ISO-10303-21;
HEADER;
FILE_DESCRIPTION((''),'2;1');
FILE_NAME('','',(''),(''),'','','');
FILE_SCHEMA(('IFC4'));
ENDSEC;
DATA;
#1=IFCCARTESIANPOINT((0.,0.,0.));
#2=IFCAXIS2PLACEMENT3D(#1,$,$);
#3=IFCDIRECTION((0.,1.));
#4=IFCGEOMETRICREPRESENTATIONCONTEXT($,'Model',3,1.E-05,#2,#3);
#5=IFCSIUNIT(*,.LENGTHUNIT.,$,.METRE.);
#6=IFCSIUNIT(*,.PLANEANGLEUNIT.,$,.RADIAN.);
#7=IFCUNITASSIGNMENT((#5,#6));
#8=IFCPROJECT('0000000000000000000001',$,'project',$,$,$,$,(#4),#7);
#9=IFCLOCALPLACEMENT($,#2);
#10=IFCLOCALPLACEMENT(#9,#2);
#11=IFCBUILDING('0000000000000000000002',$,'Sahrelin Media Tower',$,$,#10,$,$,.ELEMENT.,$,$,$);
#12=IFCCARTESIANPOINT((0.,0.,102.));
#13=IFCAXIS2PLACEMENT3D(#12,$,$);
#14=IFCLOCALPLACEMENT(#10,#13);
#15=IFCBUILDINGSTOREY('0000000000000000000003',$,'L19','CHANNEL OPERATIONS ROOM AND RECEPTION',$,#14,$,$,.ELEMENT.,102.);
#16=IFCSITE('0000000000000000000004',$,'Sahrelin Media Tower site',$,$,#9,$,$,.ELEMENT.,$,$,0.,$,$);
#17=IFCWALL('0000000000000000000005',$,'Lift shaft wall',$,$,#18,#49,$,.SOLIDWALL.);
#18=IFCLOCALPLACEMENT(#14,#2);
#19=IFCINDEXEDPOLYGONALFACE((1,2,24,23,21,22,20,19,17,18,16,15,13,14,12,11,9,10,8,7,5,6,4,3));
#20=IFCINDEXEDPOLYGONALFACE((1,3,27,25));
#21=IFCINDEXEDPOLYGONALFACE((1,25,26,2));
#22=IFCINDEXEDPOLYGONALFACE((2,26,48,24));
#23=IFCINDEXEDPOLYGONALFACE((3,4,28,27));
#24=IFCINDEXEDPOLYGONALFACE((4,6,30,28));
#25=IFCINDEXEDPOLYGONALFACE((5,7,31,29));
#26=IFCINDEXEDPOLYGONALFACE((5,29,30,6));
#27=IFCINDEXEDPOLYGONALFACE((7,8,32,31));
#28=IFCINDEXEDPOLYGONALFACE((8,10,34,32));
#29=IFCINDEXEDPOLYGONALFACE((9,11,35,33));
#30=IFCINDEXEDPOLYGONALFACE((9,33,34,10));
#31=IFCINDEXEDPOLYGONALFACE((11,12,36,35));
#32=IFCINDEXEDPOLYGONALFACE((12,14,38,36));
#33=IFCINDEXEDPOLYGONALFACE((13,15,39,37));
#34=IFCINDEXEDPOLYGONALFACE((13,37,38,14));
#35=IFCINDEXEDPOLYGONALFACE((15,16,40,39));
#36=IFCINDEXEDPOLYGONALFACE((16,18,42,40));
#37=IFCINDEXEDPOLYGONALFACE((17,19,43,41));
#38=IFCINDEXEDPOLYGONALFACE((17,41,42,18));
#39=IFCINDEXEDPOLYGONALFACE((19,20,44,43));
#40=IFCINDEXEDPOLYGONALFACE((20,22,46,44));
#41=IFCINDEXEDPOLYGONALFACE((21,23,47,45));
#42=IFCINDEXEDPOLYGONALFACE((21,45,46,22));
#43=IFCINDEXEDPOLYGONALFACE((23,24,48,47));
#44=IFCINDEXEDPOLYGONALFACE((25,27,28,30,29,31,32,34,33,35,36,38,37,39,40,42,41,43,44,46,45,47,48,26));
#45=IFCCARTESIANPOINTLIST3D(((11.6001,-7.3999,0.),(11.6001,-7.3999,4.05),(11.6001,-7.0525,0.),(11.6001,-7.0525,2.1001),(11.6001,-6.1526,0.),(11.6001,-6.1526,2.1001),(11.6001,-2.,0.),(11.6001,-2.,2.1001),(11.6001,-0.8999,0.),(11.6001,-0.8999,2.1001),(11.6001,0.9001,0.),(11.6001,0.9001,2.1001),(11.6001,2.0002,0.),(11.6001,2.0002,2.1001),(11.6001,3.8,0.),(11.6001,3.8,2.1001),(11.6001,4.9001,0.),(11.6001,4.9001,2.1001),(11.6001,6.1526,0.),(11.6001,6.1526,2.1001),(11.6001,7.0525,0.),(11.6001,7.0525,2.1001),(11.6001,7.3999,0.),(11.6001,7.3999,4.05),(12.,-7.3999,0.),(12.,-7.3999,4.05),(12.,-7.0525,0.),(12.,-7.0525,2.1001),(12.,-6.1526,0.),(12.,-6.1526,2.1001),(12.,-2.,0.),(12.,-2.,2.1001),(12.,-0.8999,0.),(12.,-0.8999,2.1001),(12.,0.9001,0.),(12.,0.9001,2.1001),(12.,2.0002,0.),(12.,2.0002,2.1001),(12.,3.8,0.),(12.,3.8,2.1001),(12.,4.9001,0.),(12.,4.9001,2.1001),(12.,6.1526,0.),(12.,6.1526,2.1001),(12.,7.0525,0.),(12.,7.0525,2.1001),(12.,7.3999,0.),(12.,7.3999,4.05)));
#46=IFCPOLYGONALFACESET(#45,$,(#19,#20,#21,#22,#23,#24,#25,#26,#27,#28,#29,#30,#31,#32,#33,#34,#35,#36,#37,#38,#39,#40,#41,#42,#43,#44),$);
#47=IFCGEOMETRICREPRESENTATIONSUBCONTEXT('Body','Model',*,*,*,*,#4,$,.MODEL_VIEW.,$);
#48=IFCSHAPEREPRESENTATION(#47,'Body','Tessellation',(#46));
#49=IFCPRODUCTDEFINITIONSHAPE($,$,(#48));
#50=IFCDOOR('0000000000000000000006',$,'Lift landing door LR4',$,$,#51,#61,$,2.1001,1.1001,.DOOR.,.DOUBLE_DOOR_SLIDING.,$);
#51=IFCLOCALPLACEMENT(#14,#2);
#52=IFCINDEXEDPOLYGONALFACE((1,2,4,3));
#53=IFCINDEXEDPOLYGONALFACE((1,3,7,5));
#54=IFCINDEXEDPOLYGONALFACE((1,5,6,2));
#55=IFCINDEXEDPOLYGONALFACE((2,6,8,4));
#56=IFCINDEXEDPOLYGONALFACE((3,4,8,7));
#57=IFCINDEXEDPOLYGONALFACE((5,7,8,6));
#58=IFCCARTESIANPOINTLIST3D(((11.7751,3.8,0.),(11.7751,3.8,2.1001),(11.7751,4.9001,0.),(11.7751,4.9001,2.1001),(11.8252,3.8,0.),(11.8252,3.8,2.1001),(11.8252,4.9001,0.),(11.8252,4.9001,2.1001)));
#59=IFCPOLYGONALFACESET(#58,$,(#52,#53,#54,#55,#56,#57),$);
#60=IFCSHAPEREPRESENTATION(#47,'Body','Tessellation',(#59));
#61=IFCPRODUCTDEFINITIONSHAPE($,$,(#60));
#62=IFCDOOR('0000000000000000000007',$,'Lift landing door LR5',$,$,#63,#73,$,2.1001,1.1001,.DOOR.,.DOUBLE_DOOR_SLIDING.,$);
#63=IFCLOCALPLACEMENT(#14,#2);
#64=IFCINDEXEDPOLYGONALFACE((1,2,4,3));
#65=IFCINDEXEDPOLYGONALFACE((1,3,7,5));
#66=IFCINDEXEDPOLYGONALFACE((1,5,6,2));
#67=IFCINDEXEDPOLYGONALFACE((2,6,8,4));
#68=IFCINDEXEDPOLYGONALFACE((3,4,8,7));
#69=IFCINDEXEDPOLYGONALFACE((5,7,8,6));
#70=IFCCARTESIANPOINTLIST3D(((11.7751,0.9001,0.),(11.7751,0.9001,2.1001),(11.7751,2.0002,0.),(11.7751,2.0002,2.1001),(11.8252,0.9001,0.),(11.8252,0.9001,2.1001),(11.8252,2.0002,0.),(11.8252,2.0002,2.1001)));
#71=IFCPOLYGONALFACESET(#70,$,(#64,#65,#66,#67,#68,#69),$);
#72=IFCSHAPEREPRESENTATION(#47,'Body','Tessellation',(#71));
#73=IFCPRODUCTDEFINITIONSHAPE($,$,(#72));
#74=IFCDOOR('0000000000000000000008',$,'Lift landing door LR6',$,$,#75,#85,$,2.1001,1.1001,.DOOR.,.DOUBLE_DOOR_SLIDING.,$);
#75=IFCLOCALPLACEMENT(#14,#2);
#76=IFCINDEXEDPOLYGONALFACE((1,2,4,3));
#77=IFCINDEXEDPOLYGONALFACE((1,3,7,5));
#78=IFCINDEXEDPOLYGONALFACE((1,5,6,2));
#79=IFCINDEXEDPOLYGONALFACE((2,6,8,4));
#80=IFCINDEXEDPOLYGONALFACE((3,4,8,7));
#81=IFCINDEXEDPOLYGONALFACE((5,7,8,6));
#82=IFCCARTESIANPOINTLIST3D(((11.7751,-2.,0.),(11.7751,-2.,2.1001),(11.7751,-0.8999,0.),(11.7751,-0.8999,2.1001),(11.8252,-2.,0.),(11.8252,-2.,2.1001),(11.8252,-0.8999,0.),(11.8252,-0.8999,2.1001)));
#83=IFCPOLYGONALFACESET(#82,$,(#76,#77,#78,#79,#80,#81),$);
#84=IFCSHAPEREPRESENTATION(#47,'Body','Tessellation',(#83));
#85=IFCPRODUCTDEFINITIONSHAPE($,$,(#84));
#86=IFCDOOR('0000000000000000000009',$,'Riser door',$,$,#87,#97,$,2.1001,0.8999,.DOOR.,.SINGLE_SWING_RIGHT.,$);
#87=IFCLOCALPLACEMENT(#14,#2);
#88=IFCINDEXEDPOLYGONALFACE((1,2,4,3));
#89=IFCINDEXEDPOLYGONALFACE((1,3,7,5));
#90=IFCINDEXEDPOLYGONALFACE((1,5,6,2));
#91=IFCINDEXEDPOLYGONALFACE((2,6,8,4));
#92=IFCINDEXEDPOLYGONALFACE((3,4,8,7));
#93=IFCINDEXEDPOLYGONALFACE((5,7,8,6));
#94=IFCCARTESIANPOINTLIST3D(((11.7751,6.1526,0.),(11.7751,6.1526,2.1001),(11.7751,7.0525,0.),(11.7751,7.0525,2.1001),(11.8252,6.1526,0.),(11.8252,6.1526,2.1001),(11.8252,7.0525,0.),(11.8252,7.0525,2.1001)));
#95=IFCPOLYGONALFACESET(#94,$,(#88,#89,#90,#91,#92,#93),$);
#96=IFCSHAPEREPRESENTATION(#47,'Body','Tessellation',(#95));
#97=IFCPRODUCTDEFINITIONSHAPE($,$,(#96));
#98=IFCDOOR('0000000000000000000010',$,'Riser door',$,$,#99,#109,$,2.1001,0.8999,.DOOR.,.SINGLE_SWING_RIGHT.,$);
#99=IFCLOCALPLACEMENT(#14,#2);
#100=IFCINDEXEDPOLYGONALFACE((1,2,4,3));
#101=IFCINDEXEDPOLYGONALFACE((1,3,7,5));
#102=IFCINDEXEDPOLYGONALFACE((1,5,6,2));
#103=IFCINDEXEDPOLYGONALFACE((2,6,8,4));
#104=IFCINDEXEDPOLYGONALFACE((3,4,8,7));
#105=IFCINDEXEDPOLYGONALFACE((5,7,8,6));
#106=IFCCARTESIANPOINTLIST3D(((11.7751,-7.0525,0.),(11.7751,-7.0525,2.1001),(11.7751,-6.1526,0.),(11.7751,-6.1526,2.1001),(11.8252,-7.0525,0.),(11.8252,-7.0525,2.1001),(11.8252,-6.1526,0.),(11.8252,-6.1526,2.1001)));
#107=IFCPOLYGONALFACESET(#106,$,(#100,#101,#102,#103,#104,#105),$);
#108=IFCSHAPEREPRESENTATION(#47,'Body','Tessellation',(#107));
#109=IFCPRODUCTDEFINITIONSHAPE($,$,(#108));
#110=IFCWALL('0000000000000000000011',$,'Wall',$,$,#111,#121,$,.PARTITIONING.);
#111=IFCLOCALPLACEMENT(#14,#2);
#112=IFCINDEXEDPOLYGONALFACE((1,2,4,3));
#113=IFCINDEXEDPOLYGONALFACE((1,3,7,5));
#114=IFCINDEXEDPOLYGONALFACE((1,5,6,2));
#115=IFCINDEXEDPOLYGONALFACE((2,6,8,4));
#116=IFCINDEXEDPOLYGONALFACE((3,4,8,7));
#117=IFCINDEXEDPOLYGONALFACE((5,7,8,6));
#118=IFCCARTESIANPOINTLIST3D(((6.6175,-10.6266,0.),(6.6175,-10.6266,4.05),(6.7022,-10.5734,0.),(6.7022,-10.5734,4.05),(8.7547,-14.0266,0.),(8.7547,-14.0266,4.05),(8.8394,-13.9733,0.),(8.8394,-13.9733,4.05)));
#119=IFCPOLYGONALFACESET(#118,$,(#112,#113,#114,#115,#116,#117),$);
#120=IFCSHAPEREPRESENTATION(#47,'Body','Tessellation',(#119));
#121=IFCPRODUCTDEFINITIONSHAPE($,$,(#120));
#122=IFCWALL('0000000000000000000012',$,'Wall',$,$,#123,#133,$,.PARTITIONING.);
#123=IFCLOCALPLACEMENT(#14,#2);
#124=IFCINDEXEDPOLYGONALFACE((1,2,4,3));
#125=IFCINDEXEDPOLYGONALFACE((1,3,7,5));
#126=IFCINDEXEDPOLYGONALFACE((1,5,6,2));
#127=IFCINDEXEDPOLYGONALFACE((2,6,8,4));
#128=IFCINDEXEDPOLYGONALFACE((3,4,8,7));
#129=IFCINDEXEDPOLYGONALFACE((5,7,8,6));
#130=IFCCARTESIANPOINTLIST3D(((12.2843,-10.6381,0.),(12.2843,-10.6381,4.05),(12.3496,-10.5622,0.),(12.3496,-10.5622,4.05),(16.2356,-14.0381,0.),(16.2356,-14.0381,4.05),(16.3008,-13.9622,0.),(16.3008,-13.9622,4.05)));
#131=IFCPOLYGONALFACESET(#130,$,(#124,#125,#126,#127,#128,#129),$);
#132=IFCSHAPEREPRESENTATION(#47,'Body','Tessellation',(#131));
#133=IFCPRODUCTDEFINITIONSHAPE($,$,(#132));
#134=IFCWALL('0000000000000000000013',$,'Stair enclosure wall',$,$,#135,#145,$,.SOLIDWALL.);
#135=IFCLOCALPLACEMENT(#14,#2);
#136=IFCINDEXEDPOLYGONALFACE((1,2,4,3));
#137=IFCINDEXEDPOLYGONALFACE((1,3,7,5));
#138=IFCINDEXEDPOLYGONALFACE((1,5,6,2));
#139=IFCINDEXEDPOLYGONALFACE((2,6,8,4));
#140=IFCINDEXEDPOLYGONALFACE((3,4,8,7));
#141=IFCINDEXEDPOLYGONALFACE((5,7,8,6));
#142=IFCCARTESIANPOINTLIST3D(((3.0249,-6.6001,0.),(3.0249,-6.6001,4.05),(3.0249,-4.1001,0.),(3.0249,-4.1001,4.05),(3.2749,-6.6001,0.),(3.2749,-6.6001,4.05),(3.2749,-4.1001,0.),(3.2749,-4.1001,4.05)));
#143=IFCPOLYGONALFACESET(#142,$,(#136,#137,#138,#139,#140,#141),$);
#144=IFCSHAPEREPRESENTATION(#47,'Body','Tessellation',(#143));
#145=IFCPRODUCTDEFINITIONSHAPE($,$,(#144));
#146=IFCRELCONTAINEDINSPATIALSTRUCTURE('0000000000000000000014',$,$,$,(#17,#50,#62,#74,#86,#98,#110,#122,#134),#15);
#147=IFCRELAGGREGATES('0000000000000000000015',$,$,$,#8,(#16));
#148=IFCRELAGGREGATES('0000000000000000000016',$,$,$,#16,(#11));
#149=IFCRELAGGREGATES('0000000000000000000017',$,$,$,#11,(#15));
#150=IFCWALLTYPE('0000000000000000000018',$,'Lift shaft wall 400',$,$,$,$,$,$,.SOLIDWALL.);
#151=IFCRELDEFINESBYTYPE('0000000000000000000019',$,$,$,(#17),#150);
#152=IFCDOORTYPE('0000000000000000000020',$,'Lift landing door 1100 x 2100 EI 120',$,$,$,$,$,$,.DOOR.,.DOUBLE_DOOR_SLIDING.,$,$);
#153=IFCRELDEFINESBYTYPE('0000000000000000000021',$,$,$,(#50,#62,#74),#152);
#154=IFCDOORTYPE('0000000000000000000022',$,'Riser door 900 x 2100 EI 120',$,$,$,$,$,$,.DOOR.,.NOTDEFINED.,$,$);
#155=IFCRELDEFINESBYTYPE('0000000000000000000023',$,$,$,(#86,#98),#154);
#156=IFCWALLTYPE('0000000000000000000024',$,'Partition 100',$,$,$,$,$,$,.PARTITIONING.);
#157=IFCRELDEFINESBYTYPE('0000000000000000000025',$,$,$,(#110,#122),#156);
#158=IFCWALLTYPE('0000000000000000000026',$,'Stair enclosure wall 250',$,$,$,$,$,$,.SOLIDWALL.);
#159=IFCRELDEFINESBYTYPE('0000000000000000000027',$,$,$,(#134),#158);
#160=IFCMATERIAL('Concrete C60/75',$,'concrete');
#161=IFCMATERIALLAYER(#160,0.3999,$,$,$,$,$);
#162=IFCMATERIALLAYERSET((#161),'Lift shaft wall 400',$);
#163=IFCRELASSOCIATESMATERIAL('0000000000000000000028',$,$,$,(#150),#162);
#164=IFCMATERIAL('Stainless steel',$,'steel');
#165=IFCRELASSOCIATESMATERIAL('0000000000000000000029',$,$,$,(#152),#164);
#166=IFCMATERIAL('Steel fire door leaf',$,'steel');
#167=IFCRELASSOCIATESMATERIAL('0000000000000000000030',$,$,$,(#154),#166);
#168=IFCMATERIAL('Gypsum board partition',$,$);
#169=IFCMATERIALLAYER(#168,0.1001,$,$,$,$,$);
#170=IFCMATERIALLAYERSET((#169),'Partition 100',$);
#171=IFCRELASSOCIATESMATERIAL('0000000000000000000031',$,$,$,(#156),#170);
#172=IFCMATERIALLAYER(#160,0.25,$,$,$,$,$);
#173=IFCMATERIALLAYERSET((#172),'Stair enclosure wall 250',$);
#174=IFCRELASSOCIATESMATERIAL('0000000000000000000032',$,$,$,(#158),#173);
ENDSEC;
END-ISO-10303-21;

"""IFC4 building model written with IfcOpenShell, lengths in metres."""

from ifc_helpers import new_model, si_unit, direction, frame, frame_2d, origin, place, context, subcontext, project, spatial, rectangle, extrude, material, layer, layer_set, type_object, element, fill, save


model = new_model("IFC4")

# Units and contexts
model_context = context("Model", 3, precision=1e-05, world=origin(), true_north=direction((0.0, 1.0)))
body_context = subcontext(model_context, "Body", "Model", "MODEL_VIEW")
ifc_project = project(units=[si_unit("LENGTHUNIT", "METRE"), si_unit("PLANEANGLEUNIT", "RADIAN")], contexts=[model_context])

# Site, building, storey
site_placement = place(None, origin())
site = spatial("IfcSite", under=ifc_project, at=site_placement, Name="Sahrelin Media Tower site", CompositionType="ELEMENT", RefElevation=0.0)
building_placement = place(site_placement, origin())
building = spatial("IfcBuilding", under=site, at=building_placement, Name="Sahrelin Media Tower", CompositionType="ELEMENT")
storey_placement = place(building_placement, frame((0.0, 0.0, 102.0)))
storey = spatial("IfcBuildingStorey", under=building, at=storey_placement, Name="L19", Description="CHANNEL OPERATIONS ROOM AND RECEPTION", CompositionType="ELEMENT", Elevation=102.0)

# Wall, openings, doors
ifc_material_1 = material(Name="Concrete C60/75", Category="concrete")
ifc_layer_1 = layer(ifc_material_1, 0.3999)
ifc_layer_set_1 = layer_set([ifc_layer_1], Name="Lift shaft wall 400")
wall_type_1 = type_object("IfcWallType", Name="Lift shaft wall 400", PredefinedType="SOLIDWALL", material=ifc_layer_set_1)
wall_1_placement = place(storey_placement, frame((11.8, -7.3999, 0.0), z_axis=(0.0, 0.0, 1.0), x_axis=(0.0, 1.0, 0.0)))
wall_1 = element("IfcWall", 1, at=wall_1_placement, inside=storey, type_object=wall_type_1, Name="Lift shaft wall", PredefinedType="SOLIDWALL", context=body_context, shape_type="SweptSolid", body=[
    extrude(rectangle(XDim=14.7998, YDim=0.3999, at=frame_2d((7.3999, 0.0))), origin(), (0.0, 0.0, 1.0), 4.05),
])
opening_1_placement = place(wall_1_placement, frame((11.2, 0.0, 0.0)))
opening_1 = element("IfcOpeningElement", 2, at=opening_1_placement, cuts=wall_1, PredefinedType="OPENING", context=body_context, shape_type="SweptSolid", body=[
    extrude(rectangle(XDim=1.1001, YDim=2.1001, at=frame_2d((0.55, 1.05))), frame((0.0, 0.2, 0.0), z_axis=(0.0, -1.0, 0.0), x_axis=(1.0, 0.0, 0.0)), (0.0, 0.0, 1.0), 0.3999),
])
opening_2_placement = place(wall_1_placement, frame((8.3, 0.0, 0.0)))
opening_2 = element("IfcOpeningElement", 3, at=opening_2_placement, cuts=wall_1, PredefinedType="OPENING", context=body_context, shape_type="SweptSolid", body=[
    extrude(rectangle(XDim=1.1001, YDim=2.1001, at=frame_2d((0.55, 1.05))), frame((0.0, 0.2, 0.0), z_axis=(0.0, -1.0, 0.0), x_axis=(1.0, 0.0, 0.0)), (0.0, 0.0, 1.0), 0.3999),
])
opening_3_placement = place(wall_1_placement, frame((5.3999, 0.0, 0.0)))
opening_3 = element("IfcOpeningElement", 4, at=opening_3_placement, cuts=wall_1, PredefinedType="OPENING", context=body_context, shape_type="SweptSolid", body=[
    extrude(rectangle(XDim=1.1001, YDim=2.1001, at=frame_2d((0.55, 1.05))), frame((0.0, 0.2, 0.0), z_axis=(0.0, -1.0, 0.0), x_axis=(1.0, 0.0, 0.0)), (0.0, 0.0, 1.0), 0.3999),
])
opening_4_placement = place(wall_1_placement, frame((13.5525, 0.0, 0.0)))
opening_4 = element("IfcOpeningElement", 5, at=opening_4_placement, cuts=wall_1, PredefinedType="OPENING", context=body_context, shape_type="SweptSolid", body=[
    extrude(rectangle(XDim=0.8999, YDim=2.1001, at=frame_2d((0.45, 1.05))), frame((0.0, 0.2, 0.0), z_axis=(0.0, -1.0, 0.0), x_axis=(1.0, 0.0, 0.0)), (0.0, 0.0, 1.0), 0.3999),
])
opening_5_placement = place(wall_1_placement, frame((0.3474, 0.0, 0.0)))
opening_5 = element("IfcOpeningElement", 6, at=opening_5_placement, cuts=wall_1, PredefinedType="OPENING", context=body_context, shape_type="SweptSolid", body=[
    extrude(rectangle(XDim=0.8999, YDim=2.1001, at=frame_2d((0.45, 1.05))), frame((0.0, 0.2, 0.0), z_axis=(0.0, -1.0, 0.0), x_axis=(1.0, 0.0, 0.0)), (0.0, 0.0, 1.0), 0.3999),
])
ifc_material_2 = material(Name="Stainless steel", Category="steel")
door_type_1 = type_object("IfcDoorType", Name="Lift landing door 1100 x 2100 EI 120", OperationType="DOUBLE_DOOR_SLIDING", PredefinedType="DOOR", material=ifc_material_2)
door_1_placement = place(opening_1_placement, origin())
door_1 = element("IfcDoor", 7, at=door_1_placement, inside=storey, type_object=door_type_1, Name="Lift landing door LR4", OperationType="DOUBLE_DOOR_SLIDING", OverallHeight=2.1001, OverallWidth=1.1001, PredefinedType="DOOR", context=body_context, shape_type="SweptSolid", body=[
    extrude(rectangle(XDim=1.1001, YDim=2.1001, at=frame_2d((0.55, 1.05))), frame((0.0, 0.0249, 0.0), z_axis=(0.0, -1.0, 0.0), x_axis=(1.0, 0.0, 0.0)), (0.0, 0.0, 1.0), 0.05),
])
fill(opening_1, door_1)
door_2_placement = place(opening_2_placement, origin())
door_2 = element("IfcDoor", 8, at=door_2_placement, inside=storey, type_object=door_type_1, Name="Lift landing door LR5", OperationType="DOUBLE_DOOR_SLIDING", OverallHeight=2.1001, OverallWidth=1.1001, PredefinedType="DOOR", context=body_context, shape_type="SweptSolid", body=[
    extrude(rectangle(XDim=1.1001, YDim=2.1001, at=frame_2d((0.55, 1.05))), frame((0.0, 0.0249, 0.0), z_axis=(0.0, -1.0, 0.0), x_axis=(1.0, 0.0, 0.0)), (0.0, 0.0, 1.0), 0.05),
])
fill(opening_2, door_2)
door_3_placement = place(opening_3_placement, origin())
door_3 = element("IfcDoor", 9, at=door_3_placement, inside=storey, type_object=door_type_1, Name="Lift landing door LR6", OperationType="DOUBLE_DOOR_SLIDING", OverallHeight=2.1001, OverallWidth=1.1001, PredefinedType="DOOR", context=body_context, shape_type="SweptSolid", body=[
    extrude(rectangle(XDim=1.1001, YDim=2.1001, at=frame_2d((0.55, 1.05))), frame((0.0, 0.0249, 0.0), z_axis=(0.0, -1.0, 0.0), x_axis=(1.0, 0.0, 0.0)), (0.0, 0.0, 1.0), 0.05),
])
fill(opening_3, door_3)
ifc_material_3 = material(Name="Steel fire door leaf", Category="steel")
door_type_2 = type_object("IfcDoorType", Name="Riser door 900 x 2100 EI 120", OperationType="NOTDEFINED", PredefinedType="DOOR", material=ifc_material_3)
door_4_placement = place(opening_4_placement, origin())
door_4 = element("IfcDoor", 10, at=door_4_placement, inside=storey, type_object=door_type_2, Name="Riser door", OperationType="SINGLE_SWING_RIGHT", OverallHeight=2.1001, OverallWidth=0.8999, PredefinedType="DOOR", context=body_context, shape_type="SweptSolid", body=[
    extrude(rectangle(XDim=0.8999, YDim=2.1001, at=frame_2d((0.45, 1.05))), frame((0.0, 0.0249, 0.0), z_axis=(0.0, -1.0, 0.0), x_axis=(1.0, 0.0, 0.0)), (0.0, 0.0, 1.0), 0.05),
])
fill(opening_4, door_4)
door_5_placement = place(opening_5_placement, origin())
door_5 = element("IfcDoor", 11, at=door_5_placement, inside=storey, type_object=door_type_2, Name="Riser door", OperationType="SINGLE_SWING_RIGHT", OverallHeight=2.1001, OverallWidth=0.8999, PredefinedType="DOOR", context=body_context, shape_type="SweptSolid", body=[
    extrude(rectangle(XDim=0.8999, YDim=2.1001, at=frame_2d((0.45, 1.05))), frame((0.0, 0.0249, 0.0), z_axis=(0.0, -1.0, 0.0), x_axis=(1.0, 0.0, 0.0)), (0.0, 0.0, 1.0), 0.05),
])
fill(opening_5, door_5)

# Walls
ifc_material_4 = material(Name="Gypsum board partition")
ifc_layer_2 = layer(ifc_material_4, 0.1001)
ifc_layer_set_2 = layer_set([ifc_layer_2], Name="Partition 100")
wall_type_2 = type_object("IfcWallType", Name="Partition 100", PredefinedType="PARTITIONING", material=ifc_layer_set_2)
wall_2_placement = place(storey_placement, frame((6.6599, -10.6001, 0.0), z_axis=(0.0, 0.0, 1.0), x_axis=(0.532194, -0.846622, 0.0)))
element("IfcWall", 12, at=wall_2_placement, inside=storey, type_object=wall_type_2, Name="Wall", PredefinedType="PARTITIONING", context=body_context, shape_type="SweptSolid", body=[
    extrude(rectangle(XDim=4.0159, YDim=0.1001, at=frame_2d((2.0078, 0.0))), origin(), (0.0, 0.0, 1.0), 4.05),
])
wall_3_placement = place(storey_placement, frame((12.3169, -10.6001, 0.0), z_axis=(0.0, 0.0, 1.0), x_axis=(0.758005, -0.652248, 0.0)))
element("IfcWall", 13, at=wall_3_placement, inside=storey, type_object=wall_type_2, Name="Wall", PredefinedType="PARTITIONING", context=body_context, shape_type="SweptSolid", body=[
    extrude(rectangle(XDim=5.2126, YDim=0.1001, at=frame_2d((2.6064, 0.0))), origin(), (0.0, 0.0, 1.0), 4.05),
])
ifc_layer_3 = layer(ifc_material_1, 0.25)
ifc_layer_set_3 = layer_set([ifc_layer_3], Name="Stair enclosure wall 250")
wall_type_3 = type_object("IfcWallType", Name="Stair enclosure wall 250", PredefinedType="SOLIDWALL", material=ifc_layer_set_3)
wall_4_placement = place(storey_placement, frame((3.1499, -6.6001, 0.0), z_axis=(0.0, 0.0, 1.0), x_axis=(0.0, 1.0, 0.0)))
element("IfcWall", 14, at=wall_4_placement, inside=storey, type_object=wall_type_3, Name="Stair enclosure wall", PredefinedType="SOLIDWALL", context=body_context, shape_type="SweptSolid", body=[
    extrude(rectangle(XDim=2.5, YDim=0.25, at=frame_2d((1.25, 0.0))), origin(), (0.0, 0.0, 1.0), 4.05),
])

save(model, "model.ifc")
